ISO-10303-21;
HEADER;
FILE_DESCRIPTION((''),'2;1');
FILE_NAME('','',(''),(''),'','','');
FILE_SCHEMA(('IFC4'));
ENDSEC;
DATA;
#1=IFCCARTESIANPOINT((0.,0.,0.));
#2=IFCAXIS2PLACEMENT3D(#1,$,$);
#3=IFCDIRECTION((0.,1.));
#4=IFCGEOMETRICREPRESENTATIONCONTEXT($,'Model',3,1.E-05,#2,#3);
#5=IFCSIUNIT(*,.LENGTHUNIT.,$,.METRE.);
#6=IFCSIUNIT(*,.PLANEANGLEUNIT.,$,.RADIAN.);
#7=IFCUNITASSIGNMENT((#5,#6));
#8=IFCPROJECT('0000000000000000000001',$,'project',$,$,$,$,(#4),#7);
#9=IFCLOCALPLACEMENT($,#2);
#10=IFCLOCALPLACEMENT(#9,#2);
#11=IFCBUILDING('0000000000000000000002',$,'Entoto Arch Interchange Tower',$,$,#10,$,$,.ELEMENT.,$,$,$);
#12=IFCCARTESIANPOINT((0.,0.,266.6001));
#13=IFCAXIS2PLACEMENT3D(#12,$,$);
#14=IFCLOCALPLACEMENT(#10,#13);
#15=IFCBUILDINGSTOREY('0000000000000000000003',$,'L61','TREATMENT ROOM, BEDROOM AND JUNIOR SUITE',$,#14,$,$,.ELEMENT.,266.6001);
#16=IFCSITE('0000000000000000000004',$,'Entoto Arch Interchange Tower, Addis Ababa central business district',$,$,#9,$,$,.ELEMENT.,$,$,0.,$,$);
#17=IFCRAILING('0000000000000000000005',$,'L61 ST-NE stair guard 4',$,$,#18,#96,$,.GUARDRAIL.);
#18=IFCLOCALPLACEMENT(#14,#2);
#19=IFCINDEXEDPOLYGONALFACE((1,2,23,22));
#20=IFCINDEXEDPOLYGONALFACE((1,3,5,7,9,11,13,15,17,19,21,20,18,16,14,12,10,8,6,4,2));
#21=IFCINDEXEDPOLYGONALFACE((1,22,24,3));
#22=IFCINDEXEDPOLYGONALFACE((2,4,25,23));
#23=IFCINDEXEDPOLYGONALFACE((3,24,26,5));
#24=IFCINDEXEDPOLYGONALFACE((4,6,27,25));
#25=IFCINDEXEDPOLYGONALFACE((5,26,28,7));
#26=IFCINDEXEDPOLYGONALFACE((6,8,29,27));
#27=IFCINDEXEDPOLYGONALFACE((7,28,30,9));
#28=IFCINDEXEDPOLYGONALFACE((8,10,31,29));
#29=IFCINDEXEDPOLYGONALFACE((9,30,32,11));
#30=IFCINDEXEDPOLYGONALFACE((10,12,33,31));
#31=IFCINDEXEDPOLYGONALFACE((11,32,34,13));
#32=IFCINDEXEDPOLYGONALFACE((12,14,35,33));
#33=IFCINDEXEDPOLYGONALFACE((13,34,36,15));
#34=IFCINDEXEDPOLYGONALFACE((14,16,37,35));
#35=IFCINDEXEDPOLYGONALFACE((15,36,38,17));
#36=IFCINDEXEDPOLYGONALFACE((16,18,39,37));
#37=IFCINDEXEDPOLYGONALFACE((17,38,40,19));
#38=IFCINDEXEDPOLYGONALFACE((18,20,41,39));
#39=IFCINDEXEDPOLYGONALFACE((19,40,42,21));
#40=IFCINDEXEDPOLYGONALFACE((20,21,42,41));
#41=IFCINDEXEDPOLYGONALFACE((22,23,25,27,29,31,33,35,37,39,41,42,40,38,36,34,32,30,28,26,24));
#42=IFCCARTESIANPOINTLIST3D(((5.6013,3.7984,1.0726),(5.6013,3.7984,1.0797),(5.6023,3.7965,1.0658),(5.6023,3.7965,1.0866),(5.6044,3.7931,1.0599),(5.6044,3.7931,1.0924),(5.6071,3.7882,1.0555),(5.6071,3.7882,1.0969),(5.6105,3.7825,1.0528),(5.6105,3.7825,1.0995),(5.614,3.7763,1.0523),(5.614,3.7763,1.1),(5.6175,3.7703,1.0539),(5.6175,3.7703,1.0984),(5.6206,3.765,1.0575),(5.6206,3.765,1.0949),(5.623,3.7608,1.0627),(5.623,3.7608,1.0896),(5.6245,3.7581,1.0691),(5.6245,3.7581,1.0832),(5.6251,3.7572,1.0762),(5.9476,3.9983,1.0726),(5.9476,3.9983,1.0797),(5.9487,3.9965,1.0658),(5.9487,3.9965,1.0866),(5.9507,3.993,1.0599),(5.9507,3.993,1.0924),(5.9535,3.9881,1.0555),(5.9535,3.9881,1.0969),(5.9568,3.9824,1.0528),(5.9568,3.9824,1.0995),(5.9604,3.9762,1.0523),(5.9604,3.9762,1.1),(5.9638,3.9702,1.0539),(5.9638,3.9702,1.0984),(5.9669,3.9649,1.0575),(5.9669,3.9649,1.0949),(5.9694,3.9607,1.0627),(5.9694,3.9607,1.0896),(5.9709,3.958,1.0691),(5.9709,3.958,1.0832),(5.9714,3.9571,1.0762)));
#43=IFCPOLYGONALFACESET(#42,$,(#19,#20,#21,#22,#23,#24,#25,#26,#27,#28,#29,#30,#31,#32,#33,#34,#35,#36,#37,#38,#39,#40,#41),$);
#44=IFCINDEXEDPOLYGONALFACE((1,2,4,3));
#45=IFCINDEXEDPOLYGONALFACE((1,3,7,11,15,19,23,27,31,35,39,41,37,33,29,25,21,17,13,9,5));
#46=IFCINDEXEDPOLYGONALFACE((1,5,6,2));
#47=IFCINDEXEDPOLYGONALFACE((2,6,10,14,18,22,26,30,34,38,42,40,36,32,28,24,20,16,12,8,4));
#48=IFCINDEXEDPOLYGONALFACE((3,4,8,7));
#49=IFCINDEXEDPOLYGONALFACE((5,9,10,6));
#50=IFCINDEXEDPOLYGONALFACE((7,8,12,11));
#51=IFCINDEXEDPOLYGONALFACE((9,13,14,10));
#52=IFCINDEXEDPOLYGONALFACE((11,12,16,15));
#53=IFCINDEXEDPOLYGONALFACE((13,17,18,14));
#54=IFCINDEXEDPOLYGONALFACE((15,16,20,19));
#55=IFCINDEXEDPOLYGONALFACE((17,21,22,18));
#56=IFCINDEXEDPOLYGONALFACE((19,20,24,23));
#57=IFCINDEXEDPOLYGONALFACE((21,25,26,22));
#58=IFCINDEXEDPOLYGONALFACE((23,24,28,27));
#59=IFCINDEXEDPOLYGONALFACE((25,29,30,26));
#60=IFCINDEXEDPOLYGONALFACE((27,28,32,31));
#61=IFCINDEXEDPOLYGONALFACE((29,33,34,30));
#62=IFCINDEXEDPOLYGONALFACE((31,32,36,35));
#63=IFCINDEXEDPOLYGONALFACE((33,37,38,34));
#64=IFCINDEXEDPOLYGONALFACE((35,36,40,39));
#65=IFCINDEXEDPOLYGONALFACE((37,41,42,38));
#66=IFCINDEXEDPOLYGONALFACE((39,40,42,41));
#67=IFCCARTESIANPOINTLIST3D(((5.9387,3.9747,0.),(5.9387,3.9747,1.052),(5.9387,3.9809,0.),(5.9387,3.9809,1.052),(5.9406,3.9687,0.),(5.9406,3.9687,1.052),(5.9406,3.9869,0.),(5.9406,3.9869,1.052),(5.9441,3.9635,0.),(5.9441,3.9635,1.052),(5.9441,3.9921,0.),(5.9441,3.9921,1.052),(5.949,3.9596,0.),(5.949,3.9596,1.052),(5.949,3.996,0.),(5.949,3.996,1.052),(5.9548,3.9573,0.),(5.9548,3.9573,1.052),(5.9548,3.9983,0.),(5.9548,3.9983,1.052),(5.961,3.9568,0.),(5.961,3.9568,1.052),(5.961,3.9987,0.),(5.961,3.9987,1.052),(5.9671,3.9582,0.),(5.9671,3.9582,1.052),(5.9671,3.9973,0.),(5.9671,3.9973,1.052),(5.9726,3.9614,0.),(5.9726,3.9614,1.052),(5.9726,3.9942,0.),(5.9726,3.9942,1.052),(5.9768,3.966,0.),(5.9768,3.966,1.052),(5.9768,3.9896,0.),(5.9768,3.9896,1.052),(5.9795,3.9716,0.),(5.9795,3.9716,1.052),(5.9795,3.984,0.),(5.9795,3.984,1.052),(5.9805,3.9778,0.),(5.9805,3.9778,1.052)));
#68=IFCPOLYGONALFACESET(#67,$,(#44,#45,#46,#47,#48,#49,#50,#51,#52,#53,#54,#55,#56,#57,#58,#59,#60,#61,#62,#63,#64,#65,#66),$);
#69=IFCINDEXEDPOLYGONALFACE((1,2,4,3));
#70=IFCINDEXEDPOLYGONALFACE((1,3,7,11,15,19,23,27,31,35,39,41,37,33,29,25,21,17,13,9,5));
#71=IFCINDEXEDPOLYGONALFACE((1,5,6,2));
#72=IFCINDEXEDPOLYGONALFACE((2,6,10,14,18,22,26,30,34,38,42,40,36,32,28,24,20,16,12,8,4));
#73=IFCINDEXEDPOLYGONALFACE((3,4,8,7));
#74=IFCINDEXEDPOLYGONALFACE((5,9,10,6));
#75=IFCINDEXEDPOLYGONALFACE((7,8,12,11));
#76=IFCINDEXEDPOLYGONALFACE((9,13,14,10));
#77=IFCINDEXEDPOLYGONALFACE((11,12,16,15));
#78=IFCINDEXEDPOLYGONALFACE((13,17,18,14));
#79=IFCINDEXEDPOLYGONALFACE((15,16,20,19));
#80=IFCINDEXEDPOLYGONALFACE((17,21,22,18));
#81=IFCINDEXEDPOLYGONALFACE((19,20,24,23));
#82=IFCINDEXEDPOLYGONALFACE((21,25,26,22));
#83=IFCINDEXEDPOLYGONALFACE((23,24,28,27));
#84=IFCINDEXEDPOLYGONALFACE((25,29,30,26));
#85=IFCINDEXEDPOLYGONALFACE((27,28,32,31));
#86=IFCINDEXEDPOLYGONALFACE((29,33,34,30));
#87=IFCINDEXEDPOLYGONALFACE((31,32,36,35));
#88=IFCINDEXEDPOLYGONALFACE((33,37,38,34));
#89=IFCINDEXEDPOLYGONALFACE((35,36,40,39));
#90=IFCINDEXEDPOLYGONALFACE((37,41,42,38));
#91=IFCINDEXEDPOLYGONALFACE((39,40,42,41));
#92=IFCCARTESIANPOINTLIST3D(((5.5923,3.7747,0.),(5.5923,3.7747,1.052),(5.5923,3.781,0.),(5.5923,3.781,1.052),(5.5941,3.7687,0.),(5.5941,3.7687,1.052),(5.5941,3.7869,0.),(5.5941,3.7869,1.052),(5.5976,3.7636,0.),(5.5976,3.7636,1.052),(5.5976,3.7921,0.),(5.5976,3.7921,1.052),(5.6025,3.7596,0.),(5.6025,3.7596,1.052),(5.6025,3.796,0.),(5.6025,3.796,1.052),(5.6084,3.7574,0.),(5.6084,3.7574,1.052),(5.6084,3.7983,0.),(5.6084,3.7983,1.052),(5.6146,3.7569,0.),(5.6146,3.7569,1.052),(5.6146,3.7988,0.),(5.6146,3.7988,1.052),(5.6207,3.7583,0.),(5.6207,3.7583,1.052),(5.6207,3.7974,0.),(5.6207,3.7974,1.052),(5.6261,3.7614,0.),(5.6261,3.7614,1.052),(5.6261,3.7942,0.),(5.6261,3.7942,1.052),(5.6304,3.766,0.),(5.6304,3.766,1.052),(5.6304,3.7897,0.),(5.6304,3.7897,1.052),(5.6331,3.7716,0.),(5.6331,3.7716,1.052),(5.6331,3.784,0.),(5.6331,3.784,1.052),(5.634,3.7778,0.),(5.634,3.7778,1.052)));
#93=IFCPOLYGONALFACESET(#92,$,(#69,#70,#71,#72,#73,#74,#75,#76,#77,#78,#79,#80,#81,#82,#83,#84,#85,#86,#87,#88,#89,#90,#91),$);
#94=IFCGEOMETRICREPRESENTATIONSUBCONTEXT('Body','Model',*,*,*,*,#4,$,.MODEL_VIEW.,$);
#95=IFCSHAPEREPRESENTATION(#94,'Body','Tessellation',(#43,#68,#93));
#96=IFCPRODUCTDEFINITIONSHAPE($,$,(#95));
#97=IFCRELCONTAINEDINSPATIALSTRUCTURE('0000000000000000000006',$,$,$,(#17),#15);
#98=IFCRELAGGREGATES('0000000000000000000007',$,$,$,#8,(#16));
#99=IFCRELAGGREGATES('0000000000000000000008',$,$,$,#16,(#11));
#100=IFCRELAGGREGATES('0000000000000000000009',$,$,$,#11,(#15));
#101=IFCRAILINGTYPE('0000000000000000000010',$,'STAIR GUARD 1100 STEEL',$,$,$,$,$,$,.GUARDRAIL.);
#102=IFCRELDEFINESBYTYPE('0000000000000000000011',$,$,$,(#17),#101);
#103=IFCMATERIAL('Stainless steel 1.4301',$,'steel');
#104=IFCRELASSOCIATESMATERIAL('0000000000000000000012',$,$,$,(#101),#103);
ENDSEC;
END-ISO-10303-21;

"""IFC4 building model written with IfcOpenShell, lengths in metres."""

from ifc_helpers import new_model, si_unit, direction, frame, origin, origin_2d, place, context, subcontext, project, spatial, circle, extrude, material, type_object, element, save


model = new_model("IFC4")

# Units and contexts
model_context = context("Model", 3, precision=1e-05, world=origin(), true_north=direction((0.0, 1.0)))
body_context = subcontext(model_context, "Body", "Model", "MODEL_VIEW")
ifc_project = project(units=[si_unit("LENGTHUNIT", "METRE"), si_unit("PLANEANGLEUNIT", "RADIAN")], contexts=[model_context])

# Site, building, storey
site_placement = place(None, origin())
site = spatial("IfcSite", under=ifc_project, at=site_placement, Name="Entoto Arch Interchange Tower, Addis Ababa central business district", CompositionType="ELEMENT", RefElevation=0.0)
building_placement = place(site_placement, origin())
building = spatial("IfcBuilding", under=site, at=building_placement, Name="Entoto Arch Interchange Tower", CompositionType="ELEMENT")
storey_placement = place(building_placement, frame((0.0, 0.0, 266.6001)))
storey = spatial("IfcBuildingStorey", under=building, at=storey_placement, Name="L61", Description="TREATMENT ROOM, BEDROOM AND JUNIOR SUITE", CompositionType="ELEMENT", Elevation=266.6001)

# Railing
ifc_material_1 = material(Name="Stainless steel 1.4301", Category="steel")
railing_type_1 = type_object("IfcRailingType", Name="STAIR GUARD 1100 STEEL", PredefinedType="GUARDRAIL", material=ifc_material_1)
railing_1_placement = place(storey_placement, frame((5.9595, 3.9778, 0.0)))
element("IfcRailing", 1, at=railing_1_placement, inside=storey, type_object=railing_type_1, Name="L61 ST-NE stair guard 4", PredefinedType="GUARDRAIL", context=body_context, shape_type="SweptSolid", body=[
    extrude(circle(Radius=0.0239, at=origin_2d()), frame((0.0, 0.0, 1.0762), z_axis=(-0.866094, -0.499881, 0.0), x_axis=(0.499881, -0.866094, 0.0)), (0.0, 0.0, 1.0), 0.3999),
    extrude(circle(Radius=0.021, at=origin_2d()), origin(), (0.0, 0.0, 1.0), 1.052),
    extrude(circle(Radius=0.021, at=origin_2d()), frame((-0.3464, -0.2, 0.0)), (0.0, 0.0, 1.0), 1.052),
])

save(model, "model.ifc")
